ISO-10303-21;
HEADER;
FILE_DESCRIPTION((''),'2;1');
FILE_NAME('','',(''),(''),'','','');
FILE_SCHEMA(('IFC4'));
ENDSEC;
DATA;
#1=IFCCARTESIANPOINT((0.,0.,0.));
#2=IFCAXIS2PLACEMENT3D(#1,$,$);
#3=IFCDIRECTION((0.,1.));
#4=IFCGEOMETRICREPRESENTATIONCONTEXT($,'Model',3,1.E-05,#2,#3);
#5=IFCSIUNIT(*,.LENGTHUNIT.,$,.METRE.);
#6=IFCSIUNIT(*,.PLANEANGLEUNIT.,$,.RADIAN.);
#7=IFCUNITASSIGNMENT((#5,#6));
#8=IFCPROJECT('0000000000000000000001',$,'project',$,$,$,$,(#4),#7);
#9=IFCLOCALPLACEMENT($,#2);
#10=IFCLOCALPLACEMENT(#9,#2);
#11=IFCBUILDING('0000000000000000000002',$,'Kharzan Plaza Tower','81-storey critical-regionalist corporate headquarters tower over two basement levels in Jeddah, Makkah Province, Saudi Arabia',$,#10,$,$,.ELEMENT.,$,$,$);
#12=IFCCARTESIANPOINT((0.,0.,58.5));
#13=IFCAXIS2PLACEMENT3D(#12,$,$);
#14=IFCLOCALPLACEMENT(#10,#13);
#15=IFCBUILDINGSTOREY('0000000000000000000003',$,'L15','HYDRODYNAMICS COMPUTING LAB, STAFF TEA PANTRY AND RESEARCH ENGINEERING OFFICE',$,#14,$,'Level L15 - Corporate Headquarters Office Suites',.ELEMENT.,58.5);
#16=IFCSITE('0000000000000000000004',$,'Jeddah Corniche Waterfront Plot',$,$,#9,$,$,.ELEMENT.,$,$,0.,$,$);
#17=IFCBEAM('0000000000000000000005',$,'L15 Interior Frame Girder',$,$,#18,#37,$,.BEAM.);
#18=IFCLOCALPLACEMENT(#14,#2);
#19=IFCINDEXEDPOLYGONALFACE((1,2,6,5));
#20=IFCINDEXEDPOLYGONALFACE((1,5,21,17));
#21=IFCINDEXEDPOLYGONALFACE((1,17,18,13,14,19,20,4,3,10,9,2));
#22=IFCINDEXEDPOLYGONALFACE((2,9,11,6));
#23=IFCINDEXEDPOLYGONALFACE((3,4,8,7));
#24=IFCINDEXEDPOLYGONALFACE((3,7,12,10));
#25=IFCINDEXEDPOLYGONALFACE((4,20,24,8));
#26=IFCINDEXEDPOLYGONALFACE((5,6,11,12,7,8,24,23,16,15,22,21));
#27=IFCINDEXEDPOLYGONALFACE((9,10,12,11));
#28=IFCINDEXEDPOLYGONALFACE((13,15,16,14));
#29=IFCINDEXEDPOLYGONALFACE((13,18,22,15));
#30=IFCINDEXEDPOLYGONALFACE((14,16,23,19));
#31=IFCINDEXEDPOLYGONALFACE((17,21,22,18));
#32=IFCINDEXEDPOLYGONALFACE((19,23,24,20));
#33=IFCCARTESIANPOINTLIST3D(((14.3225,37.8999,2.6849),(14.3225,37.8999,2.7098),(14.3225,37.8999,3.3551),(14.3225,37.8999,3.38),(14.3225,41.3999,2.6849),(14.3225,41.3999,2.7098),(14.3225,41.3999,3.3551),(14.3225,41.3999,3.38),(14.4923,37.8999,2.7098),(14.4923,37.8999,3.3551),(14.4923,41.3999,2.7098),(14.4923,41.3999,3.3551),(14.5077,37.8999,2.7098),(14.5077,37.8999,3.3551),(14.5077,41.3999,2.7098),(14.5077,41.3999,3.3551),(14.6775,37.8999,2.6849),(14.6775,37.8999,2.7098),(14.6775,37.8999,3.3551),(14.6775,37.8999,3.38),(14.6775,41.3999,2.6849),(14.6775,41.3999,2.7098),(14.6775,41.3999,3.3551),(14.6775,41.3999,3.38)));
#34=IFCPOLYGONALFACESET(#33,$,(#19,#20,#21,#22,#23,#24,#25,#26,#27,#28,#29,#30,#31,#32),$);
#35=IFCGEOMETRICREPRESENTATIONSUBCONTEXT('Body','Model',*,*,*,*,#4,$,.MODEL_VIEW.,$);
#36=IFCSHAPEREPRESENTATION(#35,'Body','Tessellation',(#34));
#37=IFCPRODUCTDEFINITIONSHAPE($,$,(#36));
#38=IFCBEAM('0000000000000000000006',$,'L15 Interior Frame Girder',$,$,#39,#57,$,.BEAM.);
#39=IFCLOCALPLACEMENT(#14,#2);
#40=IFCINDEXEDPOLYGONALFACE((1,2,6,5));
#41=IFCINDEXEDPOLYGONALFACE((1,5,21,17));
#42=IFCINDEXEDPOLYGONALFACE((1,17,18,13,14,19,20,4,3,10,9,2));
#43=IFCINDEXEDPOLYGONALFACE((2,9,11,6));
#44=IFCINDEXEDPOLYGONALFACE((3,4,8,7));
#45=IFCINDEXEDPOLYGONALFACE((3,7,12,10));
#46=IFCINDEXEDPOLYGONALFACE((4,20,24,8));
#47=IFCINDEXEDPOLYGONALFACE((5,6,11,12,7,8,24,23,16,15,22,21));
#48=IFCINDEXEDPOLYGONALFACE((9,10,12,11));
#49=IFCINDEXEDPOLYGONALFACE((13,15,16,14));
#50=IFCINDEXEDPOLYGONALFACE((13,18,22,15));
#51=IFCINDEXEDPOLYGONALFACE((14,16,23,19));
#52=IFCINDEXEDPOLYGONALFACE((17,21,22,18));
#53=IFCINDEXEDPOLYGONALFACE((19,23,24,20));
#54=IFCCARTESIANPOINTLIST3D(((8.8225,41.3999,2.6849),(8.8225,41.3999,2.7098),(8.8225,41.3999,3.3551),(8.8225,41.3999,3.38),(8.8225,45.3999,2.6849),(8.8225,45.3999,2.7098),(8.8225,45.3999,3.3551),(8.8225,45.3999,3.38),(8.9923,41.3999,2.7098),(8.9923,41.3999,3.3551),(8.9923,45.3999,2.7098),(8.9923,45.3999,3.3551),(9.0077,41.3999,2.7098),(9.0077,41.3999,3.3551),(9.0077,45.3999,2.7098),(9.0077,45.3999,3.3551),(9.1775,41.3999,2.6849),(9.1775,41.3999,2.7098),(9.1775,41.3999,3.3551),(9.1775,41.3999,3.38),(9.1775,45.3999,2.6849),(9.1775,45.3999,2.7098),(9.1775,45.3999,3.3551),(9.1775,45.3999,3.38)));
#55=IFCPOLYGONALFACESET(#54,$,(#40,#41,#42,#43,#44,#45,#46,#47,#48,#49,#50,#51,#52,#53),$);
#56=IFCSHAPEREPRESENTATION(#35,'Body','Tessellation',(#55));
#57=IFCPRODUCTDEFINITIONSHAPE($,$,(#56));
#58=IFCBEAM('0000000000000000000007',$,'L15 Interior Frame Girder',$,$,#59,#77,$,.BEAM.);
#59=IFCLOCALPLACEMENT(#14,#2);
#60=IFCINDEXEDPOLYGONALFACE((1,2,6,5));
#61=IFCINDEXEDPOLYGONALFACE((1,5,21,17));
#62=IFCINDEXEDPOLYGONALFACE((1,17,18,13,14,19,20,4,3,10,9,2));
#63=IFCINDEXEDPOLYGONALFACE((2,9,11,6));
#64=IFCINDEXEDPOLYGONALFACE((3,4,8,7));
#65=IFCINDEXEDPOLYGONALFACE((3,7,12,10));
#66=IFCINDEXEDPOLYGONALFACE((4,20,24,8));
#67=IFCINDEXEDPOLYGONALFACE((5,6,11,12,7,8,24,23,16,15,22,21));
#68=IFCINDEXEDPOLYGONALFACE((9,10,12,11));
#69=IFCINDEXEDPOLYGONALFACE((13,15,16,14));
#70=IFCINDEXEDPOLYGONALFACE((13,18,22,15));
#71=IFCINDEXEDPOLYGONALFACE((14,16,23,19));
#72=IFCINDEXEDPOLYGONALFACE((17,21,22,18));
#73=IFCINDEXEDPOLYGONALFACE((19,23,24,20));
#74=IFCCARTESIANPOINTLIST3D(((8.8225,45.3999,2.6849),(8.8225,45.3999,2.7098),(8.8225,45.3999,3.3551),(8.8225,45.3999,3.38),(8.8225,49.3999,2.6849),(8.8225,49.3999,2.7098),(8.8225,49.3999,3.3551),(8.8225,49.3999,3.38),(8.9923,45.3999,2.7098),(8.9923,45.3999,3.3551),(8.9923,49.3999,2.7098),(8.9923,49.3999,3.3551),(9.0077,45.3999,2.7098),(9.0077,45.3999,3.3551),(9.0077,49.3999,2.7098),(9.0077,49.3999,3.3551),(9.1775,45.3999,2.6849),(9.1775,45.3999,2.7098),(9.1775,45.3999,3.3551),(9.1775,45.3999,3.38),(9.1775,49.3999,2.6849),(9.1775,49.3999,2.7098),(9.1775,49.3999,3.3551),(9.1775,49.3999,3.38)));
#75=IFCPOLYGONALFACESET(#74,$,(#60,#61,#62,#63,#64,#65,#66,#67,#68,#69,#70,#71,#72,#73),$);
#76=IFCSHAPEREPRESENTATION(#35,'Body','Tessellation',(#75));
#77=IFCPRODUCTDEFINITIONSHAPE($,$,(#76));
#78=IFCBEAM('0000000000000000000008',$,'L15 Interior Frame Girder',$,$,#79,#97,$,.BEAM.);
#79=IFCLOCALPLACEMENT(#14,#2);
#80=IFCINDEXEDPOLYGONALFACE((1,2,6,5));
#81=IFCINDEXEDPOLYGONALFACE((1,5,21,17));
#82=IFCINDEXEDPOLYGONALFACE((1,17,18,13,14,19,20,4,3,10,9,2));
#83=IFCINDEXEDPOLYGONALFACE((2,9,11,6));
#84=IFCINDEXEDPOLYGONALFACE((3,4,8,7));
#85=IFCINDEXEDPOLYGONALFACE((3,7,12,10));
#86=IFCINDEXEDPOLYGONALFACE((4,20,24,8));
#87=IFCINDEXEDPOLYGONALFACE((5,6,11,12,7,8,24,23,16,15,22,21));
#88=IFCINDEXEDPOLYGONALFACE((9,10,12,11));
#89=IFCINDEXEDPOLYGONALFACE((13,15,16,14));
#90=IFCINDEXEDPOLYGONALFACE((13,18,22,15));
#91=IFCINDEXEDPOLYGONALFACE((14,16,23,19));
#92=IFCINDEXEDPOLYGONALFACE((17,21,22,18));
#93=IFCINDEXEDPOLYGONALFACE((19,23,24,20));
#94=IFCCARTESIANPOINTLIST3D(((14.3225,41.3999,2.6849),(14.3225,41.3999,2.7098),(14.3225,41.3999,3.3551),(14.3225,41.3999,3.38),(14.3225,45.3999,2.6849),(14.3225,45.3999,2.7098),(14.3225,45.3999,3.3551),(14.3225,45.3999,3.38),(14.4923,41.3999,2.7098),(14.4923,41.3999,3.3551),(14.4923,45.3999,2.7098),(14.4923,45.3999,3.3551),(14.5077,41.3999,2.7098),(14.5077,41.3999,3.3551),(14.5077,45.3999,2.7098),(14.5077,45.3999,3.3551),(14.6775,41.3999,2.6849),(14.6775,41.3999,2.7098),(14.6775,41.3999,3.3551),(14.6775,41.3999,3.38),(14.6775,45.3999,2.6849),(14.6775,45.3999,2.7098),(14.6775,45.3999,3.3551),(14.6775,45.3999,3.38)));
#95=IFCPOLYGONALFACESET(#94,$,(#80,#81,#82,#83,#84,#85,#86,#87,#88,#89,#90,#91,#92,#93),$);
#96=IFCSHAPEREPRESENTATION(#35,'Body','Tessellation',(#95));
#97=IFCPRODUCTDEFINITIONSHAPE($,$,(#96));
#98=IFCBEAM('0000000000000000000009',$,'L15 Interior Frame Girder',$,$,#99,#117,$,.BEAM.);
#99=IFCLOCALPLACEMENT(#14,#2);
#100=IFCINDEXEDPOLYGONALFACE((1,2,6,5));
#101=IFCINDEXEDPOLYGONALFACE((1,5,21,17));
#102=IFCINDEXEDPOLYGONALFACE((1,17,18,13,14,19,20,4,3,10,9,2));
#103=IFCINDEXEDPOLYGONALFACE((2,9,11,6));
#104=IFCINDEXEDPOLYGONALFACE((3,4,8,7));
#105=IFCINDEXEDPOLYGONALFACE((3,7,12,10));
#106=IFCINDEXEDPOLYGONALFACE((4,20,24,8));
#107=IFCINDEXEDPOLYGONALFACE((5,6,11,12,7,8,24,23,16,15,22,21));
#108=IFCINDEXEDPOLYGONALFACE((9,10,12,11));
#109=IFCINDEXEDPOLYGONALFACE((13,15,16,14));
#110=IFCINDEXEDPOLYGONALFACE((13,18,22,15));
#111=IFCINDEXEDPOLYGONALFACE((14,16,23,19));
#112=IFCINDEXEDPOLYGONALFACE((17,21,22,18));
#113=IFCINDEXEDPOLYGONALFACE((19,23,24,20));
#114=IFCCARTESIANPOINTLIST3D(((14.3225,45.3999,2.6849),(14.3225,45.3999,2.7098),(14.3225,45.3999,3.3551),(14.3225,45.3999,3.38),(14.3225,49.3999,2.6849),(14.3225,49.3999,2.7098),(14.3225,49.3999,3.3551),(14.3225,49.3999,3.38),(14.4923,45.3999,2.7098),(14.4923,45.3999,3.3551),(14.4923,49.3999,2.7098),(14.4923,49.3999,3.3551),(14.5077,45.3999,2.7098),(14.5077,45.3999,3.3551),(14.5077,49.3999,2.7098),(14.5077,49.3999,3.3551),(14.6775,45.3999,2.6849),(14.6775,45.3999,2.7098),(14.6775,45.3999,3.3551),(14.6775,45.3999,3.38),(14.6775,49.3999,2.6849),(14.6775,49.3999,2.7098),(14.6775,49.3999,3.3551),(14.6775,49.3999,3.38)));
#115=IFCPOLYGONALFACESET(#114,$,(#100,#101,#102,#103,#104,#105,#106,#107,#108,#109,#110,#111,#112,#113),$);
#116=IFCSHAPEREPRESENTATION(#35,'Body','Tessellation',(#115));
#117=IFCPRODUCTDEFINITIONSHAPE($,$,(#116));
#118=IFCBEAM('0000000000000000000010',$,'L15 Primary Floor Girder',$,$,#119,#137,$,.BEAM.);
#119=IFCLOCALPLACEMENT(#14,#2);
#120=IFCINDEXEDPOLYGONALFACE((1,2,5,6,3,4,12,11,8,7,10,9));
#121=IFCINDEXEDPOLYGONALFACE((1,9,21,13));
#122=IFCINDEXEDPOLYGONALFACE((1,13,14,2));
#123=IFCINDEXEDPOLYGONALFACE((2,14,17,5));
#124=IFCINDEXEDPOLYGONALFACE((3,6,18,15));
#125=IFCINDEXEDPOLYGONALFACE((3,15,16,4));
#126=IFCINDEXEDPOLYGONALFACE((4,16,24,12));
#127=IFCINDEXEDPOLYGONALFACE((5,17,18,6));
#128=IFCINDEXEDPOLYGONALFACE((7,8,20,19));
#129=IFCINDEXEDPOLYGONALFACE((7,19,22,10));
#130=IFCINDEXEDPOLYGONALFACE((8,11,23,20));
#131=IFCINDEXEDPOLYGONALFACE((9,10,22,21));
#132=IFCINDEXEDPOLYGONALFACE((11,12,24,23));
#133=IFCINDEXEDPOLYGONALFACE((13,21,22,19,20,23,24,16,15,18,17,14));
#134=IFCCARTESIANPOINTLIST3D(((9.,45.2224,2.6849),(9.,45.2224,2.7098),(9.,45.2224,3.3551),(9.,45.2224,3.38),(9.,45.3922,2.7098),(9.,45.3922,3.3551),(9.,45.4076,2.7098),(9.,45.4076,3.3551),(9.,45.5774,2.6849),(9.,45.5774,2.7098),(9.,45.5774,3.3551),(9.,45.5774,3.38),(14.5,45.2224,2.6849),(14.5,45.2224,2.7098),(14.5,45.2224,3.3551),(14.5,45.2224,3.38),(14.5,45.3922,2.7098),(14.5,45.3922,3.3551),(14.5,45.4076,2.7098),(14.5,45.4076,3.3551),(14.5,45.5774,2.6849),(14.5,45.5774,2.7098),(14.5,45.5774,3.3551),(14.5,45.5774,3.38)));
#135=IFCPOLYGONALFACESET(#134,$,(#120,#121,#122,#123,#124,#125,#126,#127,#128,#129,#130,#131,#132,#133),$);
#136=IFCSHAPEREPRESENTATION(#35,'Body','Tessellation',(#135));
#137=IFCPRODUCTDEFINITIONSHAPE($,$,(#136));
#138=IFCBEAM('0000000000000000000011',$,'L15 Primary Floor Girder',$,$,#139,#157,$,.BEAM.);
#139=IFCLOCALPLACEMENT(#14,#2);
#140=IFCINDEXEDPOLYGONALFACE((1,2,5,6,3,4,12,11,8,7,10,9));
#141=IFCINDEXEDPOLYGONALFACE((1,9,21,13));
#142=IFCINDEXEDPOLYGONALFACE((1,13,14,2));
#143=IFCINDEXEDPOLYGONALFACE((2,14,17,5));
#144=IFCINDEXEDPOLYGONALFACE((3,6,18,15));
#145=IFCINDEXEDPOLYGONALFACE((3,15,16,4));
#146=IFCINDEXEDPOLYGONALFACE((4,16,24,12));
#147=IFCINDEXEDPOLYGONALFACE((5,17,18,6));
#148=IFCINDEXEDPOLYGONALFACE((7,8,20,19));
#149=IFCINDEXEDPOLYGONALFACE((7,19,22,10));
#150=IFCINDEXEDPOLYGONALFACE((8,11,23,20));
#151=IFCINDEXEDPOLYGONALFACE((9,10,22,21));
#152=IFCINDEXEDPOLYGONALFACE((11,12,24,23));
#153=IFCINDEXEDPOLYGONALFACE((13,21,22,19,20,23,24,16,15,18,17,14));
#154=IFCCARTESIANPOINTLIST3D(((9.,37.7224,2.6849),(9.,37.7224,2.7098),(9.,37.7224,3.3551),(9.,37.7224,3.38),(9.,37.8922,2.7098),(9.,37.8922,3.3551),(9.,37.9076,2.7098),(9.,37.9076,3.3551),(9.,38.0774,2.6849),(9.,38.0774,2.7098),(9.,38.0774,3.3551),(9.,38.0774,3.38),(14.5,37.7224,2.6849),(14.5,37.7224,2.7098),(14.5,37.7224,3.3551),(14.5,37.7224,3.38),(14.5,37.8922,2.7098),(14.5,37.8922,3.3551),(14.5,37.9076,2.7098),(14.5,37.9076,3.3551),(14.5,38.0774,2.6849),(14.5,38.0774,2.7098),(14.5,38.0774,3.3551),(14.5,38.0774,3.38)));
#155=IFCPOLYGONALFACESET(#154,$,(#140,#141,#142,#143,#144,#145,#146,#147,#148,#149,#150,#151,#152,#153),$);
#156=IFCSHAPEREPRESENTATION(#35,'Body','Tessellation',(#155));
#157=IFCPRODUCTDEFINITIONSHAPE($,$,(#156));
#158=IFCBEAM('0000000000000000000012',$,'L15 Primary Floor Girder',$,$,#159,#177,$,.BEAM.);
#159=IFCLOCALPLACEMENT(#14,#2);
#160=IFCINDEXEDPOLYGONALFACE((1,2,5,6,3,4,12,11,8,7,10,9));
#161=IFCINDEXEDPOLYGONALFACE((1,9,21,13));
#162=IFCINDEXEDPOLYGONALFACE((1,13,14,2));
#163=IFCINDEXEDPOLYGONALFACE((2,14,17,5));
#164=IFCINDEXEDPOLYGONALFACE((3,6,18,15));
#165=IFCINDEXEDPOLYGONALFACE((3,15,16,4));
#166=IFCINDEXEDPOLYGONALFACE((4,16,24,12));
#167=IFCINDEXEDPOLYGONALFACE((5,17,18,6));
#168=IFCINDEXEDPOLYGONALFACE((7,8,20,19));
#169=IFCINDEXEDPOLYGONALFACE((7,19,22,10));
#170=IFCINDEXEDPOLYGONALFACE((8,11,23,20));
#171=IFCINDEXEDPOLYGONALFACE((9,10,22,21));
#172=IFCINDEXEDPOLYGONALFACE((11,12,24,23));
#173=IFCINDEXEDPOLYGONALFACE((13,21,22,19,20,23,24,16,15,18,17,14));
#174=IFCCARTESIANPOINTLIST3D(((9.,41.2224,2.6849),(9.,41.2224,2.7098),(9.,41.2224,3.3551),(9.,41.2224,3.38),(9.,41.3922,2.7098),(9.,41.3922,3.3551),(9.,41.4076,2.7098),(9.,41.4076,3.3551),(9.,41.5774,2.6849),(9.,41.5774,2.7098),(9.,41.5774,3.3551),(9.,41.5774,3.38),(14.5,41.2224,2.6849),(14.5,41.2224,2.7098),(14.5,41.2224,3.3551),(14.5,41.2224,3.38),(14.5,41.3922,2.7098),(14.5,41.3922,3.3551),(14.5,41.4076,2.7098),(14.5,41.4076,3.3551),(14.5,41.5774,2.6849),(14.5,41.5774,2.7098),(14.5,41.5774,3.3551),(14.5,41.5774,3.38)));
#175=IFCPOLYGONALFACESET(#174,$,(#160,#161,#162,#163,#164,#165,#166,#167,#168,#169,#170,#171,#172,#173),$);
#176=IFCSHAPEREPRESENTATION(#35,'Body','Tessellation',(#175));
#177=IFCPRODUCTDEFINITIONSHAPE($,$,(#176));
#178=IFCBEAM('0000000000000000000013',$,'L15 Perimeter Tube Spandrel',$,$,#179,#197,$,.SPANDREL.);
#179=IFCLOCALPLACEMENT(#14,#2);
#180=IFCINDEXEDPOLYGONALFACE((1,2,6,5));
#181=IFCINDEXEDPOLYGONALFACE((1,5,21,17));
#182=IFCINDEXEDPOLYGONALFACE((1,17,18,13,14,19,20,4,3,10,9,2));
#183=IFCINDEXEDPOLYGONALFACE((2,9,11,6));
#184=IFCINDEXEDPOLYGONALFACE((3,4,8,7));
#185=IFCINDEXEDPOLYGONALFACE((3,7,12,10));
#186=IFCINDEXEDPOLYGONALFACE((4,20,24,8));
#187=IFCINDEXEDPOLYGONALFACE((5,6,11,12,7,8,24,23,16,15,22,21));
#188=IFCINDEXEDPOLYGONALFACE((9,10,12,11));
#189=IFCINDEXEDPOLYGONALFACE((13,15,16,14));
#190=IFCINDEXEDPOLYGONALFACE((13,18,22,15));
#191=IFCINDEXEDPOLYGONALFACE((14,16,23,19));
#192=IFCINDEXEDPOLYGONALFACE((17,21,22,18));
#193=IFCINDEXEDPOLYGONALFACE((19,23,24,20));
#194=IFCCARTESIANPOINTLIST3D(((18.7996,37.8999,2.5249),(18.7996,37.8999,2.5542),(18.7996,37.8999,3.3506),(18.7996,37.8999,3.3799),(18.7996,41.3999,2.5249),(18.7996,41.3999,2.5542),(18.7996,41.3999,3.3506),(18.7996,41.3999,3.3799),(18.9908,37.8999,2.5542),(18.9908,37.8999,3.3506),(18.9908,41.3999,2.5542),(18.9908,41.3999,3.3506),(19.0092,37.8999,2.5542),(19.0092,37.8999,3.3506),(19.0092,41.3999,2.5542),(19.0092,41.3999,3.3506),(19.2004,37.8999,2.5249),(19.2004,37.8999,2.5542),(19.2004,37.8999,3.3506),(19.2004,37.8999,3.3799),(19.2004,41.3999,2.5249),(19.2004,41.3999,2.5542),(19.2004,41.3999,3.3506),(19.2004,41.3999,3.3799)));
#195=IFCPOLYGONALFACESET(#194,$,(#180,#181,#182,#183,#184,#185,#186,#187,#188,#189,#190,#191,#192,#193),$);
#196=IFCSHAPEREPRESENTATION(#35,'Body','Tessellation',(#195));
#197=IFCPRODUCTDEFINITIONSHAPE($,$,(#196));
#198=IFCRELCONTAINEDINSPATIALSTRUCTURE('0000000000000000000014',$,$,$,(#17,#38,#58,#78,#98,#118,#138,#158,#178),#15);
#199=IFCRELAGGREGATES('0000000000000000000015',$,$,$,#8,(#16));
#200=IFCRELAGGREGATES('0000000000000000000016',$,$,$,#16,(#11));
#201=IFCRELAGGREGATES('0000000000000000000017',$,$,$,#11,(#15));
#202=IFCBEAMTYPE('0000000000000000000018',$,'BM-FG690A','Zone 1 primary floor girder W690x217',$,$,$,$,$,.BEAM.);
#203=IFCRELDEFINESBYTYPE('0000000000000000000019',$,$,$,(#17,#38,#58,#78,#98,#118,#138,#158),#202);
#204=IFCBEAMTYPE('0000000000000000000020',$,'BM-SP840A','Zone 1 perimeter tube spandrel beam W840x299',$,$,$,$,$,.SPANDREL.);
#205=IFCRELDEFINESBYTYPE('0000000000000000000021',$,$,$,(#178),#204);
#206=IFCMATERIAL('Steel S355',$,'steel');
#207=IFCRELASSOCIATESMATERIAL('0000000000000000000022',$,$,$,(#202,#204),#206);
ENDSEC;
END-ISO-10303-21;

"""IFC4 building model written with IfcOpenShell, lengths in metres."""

from ifc_helpers import new_model, si_unit, direction, frame, origin, origin_2d, place, context, subcontext, project, spatial, i_section, extrude, source, transform, mapped, material, material_profile, profile_set, type_object, element, save


model = new_model("IFC4")

# Units and contexts
model_context = context("Model", 3, precision=1e-05, world=origin(), true_north=direction((0.0, 1.0)))
body_context = subcontext(model_context, "Body", "Model", "MODEL_VIEW")
ifc_project = project(units=[si_unit("LENGTHUNIT", "METRE"), si_unit("PLANEANGLEUNIT", "RADIAN")], contexts=[model_context])

# Site, building, storey
site_placement = place(None, origin())
site = spatial("IfcSite", under=ifc_project, at=site_placement, Name="Jeddah Corniche Waterfront Plot", CompositionType="ELEMENT", RefElevation=0.0)
building_placement = place(site_placement, origin())
building = spatial("IfcBuilding", under=site, at=building_placement, Name="Kharzan Plaza Tower", Description="81-storey critical-regionalist corporate headquarters tower over two basement levels in Jeddah, Makkah Province, Saudi Arabia", CompositionType="ELEMENT")
storey_placement = place(building_placement, frame((0.0, 0.0, 58.5)))
storey = spatial("IfcBuildingStorey", under=building, at=storey_placement, Name="L15", Description="HYDRODYNAMICS COMPUTING LAB, STAFF TEA PANTRY AND RESEARCH ENGINEERING OFFICE", LongName="Level L15 - Corporate Headquarters Office Suites", CompositionType="ELEMENT", Elevation=58.5)

# Beams
ifc_material_1 = material(Name="Steel S355", Category="steel")
ifc_material_profile_1 = material_profile(ifc_material_1, i_section(OverallWidth=0.355, OverallDepth=0.6951, WebThickness=0.0154, FlangeThickness=0.0249, at=origin_2d()), Name="W690x217")
ifc_profile_set_1 = profile_set([ifc_material_profile_1], Name="Steel S355")
beam_type_1 = type_object("IfcBeamType", Name="BM-FG690A", Description="Zone 1 primary floor girder W690x217", PredefinedType="BEAM", material=ifc_profile_set_1)
shared_shape_1 = source(origin(), body_context, "Body", "SweptSolid", [
    extrude(i_section(OverallWidth=0.355, OverallDepth=0.6951, WebThickness=0.0154, FlangeThickness=0.0249, at=origin_2d()), origin(), (0.0, 0.0, 1.0), 3.5),
])
for number, where, z_axis, x_axis, name in (
    (1, (14.5, 37.8999, 3.0325), (0.0, 1.0, 0.0), (-1.0, 0.0, 0.0), "L15 Interior Frame Girder"),
):
    element("IfcBeam", number, at=place(storey_placement, frame(where, z_axis=z_axis, x_axis=x_axis)), inside=storey, type_object=beam_type_1, Name=name, PredefinedType="BEAM", context=body_context, shape_type="MappedRepresentation", body=[
        mapped(shared_shape_1, transform((0.0, 0.0, 0.0), x_axis=(1.0, 0.0, 0.0), y_axis=(0.0, 1.0, 0.0), z_axis=(0.0, 0.0, 1.0))),
    ])
shared_shape_2 = source(origin(), body_context, "Body", "SweptSolid", [
    extrude(i_section(OverallWidth=0.355, OverallDepth=0.6951, WebThickness=0.0154, FlangeThickness=0.0249, at=origin_2d()), origin(), (0.0, 0.0, 1.0), 4.0),
])
for number, where, z_axis, x_axis, name in (
    (2, (9.0, 41.3999, 3.0325), (0.0, 1.0, 0.0), (-1.0, 0.0, 0.0), "L15 Interior Frame Girder"),
    (3, (9.0, 45.3999, 3.0325), (0.0, 1.0, 0.0), (-1.0, 0.0, 0.0), "L15 Interior Frame Girder"),
    (4, (14.5, 41.3999, 3.0325), (0.0, 1.0, 0.0), (-1.0, 0.0, 0.0), "L15 Interior Frame Girder"),
    (5, (14.5, 45.3999, 3.0325), (0.0, 1.0, 0.0), (-1.0, 0.0, 0.0), "L15 Interior Frame Girder"),
):
    element("IfcBeam", number, at=place(storey_placement, frame(where, z_axis=z_axis, x_axis=x_axis)), inside=storey, type_object=beam_type_1, Name=name, PredefinedType="BEAM", context=body_context, shape_type="MappedRepresentation", body=[
        mapped(shared_shape_2, transform((0.0, 0.0, 0.0), x_axis=(1.0, 0.0, 0.0), y_axis=(0.0, 1.0, 0.0), z_axis=(0.0, 0.0, 1.0))),
    ])
shared_shape_3 = source(origin(), body_context, "Body", "SweptSolid", [
    extrude(i_section(OverallWidth=0.355, OverallDepth=0.6951, WebThickness=0.0154, FlangeThickness=0.0249, at=origin_2d()), origin(), (0.0, 0.0, 1.0), 5.5),
])
for number, where, z_axis, x_axis, name in (
    (6, (9.0, 45.3999, 3.0325), (1.0, 0.0, 0.0), (0.0, 1.0, 0.0), "L15 Primary Floor Girder"),
    (7, (9.0, 37.8999, 3.0325), (1.0, 0.0, 0.0), (0.0, 1.0, 0.0), "L15 Primary Floor Girder"),
    (8, (9.0, 41.3999, 3.0325), (1.0, 0.0, 0.0), (0.0, 1.0, 0.0), "L15 Primary Floor Girder"),
):
    element("IfcBeam", number, at=place(storey_placement, frame(where, z_axis=z_axis, x_axis=x_axis)), inside=storey, type_object=beam_type_1, Name=name, PredefinedType="BEAM", context=body_context, shape_type="MappedRepresentation", body=[
        mapped(shared_shape_3, transform((0.0, 0.0, 0.0), x_axis=(1.0, 0.0, 0.0), y_axis=(0.0, 1.0, 0.0), z_axis=(0.0, 0.0, 1.0))),
    ])
ifc_material_profile_2 = material_profile(ifc_material_1, i_section(OverallWidth=0.4009, OverallDepth=0.855, WebThickness=0.0183, FlangeThickness=0.0293, at=origin_2d()), Name="W840x299")
ifc_profile_set_2 = profile_set([ifc_material_profile_2], Name="Steel S355")
beam_type_2 = type_object("IfcBeamType", Name="BM-SP840A", Description="Zone 1 perimeter tube spandrel beam W840x299", PredefinedType="SPANDREL", material=ifc_profile_set_2)
shared_shape_4 = source(origin(), body_context, "Body", "SweptSolid", [
    extrude(i_section(OverallWidth=0.4009, OverallDepth=0.855, WebThickness=0.0183, FlangeThickness=0.0293, at=origin_2d()), origin(), (0.0, 0.0, 1.0), 3.5),
])
beam_1_placement = place(storey_placement, frame((19.0, 37.8999, 2.9524), z_axis=(0.0, 1.0, 0.0), x_axis=(-1.0, 0.0, 0.0)))
element("IfcBeam", 9, at=beam_1_placement, inside=storey, type_object=beam_type_2, Name="L15 Perimeter Tube Spandrel", PredefinedType="SPANDREL", context=body_context, shape_type="MappedRepresentation", body=[
    mapped(shared_shape_4, transform((0.0, 0.0, 0.0), x_axis=(1.0, 0.0, 0.0), y_axis=(0.0, 1.0, 0.0), z_axis=(0.0, 0.0, 1.0))),
])

save(model, "model.ifc")
